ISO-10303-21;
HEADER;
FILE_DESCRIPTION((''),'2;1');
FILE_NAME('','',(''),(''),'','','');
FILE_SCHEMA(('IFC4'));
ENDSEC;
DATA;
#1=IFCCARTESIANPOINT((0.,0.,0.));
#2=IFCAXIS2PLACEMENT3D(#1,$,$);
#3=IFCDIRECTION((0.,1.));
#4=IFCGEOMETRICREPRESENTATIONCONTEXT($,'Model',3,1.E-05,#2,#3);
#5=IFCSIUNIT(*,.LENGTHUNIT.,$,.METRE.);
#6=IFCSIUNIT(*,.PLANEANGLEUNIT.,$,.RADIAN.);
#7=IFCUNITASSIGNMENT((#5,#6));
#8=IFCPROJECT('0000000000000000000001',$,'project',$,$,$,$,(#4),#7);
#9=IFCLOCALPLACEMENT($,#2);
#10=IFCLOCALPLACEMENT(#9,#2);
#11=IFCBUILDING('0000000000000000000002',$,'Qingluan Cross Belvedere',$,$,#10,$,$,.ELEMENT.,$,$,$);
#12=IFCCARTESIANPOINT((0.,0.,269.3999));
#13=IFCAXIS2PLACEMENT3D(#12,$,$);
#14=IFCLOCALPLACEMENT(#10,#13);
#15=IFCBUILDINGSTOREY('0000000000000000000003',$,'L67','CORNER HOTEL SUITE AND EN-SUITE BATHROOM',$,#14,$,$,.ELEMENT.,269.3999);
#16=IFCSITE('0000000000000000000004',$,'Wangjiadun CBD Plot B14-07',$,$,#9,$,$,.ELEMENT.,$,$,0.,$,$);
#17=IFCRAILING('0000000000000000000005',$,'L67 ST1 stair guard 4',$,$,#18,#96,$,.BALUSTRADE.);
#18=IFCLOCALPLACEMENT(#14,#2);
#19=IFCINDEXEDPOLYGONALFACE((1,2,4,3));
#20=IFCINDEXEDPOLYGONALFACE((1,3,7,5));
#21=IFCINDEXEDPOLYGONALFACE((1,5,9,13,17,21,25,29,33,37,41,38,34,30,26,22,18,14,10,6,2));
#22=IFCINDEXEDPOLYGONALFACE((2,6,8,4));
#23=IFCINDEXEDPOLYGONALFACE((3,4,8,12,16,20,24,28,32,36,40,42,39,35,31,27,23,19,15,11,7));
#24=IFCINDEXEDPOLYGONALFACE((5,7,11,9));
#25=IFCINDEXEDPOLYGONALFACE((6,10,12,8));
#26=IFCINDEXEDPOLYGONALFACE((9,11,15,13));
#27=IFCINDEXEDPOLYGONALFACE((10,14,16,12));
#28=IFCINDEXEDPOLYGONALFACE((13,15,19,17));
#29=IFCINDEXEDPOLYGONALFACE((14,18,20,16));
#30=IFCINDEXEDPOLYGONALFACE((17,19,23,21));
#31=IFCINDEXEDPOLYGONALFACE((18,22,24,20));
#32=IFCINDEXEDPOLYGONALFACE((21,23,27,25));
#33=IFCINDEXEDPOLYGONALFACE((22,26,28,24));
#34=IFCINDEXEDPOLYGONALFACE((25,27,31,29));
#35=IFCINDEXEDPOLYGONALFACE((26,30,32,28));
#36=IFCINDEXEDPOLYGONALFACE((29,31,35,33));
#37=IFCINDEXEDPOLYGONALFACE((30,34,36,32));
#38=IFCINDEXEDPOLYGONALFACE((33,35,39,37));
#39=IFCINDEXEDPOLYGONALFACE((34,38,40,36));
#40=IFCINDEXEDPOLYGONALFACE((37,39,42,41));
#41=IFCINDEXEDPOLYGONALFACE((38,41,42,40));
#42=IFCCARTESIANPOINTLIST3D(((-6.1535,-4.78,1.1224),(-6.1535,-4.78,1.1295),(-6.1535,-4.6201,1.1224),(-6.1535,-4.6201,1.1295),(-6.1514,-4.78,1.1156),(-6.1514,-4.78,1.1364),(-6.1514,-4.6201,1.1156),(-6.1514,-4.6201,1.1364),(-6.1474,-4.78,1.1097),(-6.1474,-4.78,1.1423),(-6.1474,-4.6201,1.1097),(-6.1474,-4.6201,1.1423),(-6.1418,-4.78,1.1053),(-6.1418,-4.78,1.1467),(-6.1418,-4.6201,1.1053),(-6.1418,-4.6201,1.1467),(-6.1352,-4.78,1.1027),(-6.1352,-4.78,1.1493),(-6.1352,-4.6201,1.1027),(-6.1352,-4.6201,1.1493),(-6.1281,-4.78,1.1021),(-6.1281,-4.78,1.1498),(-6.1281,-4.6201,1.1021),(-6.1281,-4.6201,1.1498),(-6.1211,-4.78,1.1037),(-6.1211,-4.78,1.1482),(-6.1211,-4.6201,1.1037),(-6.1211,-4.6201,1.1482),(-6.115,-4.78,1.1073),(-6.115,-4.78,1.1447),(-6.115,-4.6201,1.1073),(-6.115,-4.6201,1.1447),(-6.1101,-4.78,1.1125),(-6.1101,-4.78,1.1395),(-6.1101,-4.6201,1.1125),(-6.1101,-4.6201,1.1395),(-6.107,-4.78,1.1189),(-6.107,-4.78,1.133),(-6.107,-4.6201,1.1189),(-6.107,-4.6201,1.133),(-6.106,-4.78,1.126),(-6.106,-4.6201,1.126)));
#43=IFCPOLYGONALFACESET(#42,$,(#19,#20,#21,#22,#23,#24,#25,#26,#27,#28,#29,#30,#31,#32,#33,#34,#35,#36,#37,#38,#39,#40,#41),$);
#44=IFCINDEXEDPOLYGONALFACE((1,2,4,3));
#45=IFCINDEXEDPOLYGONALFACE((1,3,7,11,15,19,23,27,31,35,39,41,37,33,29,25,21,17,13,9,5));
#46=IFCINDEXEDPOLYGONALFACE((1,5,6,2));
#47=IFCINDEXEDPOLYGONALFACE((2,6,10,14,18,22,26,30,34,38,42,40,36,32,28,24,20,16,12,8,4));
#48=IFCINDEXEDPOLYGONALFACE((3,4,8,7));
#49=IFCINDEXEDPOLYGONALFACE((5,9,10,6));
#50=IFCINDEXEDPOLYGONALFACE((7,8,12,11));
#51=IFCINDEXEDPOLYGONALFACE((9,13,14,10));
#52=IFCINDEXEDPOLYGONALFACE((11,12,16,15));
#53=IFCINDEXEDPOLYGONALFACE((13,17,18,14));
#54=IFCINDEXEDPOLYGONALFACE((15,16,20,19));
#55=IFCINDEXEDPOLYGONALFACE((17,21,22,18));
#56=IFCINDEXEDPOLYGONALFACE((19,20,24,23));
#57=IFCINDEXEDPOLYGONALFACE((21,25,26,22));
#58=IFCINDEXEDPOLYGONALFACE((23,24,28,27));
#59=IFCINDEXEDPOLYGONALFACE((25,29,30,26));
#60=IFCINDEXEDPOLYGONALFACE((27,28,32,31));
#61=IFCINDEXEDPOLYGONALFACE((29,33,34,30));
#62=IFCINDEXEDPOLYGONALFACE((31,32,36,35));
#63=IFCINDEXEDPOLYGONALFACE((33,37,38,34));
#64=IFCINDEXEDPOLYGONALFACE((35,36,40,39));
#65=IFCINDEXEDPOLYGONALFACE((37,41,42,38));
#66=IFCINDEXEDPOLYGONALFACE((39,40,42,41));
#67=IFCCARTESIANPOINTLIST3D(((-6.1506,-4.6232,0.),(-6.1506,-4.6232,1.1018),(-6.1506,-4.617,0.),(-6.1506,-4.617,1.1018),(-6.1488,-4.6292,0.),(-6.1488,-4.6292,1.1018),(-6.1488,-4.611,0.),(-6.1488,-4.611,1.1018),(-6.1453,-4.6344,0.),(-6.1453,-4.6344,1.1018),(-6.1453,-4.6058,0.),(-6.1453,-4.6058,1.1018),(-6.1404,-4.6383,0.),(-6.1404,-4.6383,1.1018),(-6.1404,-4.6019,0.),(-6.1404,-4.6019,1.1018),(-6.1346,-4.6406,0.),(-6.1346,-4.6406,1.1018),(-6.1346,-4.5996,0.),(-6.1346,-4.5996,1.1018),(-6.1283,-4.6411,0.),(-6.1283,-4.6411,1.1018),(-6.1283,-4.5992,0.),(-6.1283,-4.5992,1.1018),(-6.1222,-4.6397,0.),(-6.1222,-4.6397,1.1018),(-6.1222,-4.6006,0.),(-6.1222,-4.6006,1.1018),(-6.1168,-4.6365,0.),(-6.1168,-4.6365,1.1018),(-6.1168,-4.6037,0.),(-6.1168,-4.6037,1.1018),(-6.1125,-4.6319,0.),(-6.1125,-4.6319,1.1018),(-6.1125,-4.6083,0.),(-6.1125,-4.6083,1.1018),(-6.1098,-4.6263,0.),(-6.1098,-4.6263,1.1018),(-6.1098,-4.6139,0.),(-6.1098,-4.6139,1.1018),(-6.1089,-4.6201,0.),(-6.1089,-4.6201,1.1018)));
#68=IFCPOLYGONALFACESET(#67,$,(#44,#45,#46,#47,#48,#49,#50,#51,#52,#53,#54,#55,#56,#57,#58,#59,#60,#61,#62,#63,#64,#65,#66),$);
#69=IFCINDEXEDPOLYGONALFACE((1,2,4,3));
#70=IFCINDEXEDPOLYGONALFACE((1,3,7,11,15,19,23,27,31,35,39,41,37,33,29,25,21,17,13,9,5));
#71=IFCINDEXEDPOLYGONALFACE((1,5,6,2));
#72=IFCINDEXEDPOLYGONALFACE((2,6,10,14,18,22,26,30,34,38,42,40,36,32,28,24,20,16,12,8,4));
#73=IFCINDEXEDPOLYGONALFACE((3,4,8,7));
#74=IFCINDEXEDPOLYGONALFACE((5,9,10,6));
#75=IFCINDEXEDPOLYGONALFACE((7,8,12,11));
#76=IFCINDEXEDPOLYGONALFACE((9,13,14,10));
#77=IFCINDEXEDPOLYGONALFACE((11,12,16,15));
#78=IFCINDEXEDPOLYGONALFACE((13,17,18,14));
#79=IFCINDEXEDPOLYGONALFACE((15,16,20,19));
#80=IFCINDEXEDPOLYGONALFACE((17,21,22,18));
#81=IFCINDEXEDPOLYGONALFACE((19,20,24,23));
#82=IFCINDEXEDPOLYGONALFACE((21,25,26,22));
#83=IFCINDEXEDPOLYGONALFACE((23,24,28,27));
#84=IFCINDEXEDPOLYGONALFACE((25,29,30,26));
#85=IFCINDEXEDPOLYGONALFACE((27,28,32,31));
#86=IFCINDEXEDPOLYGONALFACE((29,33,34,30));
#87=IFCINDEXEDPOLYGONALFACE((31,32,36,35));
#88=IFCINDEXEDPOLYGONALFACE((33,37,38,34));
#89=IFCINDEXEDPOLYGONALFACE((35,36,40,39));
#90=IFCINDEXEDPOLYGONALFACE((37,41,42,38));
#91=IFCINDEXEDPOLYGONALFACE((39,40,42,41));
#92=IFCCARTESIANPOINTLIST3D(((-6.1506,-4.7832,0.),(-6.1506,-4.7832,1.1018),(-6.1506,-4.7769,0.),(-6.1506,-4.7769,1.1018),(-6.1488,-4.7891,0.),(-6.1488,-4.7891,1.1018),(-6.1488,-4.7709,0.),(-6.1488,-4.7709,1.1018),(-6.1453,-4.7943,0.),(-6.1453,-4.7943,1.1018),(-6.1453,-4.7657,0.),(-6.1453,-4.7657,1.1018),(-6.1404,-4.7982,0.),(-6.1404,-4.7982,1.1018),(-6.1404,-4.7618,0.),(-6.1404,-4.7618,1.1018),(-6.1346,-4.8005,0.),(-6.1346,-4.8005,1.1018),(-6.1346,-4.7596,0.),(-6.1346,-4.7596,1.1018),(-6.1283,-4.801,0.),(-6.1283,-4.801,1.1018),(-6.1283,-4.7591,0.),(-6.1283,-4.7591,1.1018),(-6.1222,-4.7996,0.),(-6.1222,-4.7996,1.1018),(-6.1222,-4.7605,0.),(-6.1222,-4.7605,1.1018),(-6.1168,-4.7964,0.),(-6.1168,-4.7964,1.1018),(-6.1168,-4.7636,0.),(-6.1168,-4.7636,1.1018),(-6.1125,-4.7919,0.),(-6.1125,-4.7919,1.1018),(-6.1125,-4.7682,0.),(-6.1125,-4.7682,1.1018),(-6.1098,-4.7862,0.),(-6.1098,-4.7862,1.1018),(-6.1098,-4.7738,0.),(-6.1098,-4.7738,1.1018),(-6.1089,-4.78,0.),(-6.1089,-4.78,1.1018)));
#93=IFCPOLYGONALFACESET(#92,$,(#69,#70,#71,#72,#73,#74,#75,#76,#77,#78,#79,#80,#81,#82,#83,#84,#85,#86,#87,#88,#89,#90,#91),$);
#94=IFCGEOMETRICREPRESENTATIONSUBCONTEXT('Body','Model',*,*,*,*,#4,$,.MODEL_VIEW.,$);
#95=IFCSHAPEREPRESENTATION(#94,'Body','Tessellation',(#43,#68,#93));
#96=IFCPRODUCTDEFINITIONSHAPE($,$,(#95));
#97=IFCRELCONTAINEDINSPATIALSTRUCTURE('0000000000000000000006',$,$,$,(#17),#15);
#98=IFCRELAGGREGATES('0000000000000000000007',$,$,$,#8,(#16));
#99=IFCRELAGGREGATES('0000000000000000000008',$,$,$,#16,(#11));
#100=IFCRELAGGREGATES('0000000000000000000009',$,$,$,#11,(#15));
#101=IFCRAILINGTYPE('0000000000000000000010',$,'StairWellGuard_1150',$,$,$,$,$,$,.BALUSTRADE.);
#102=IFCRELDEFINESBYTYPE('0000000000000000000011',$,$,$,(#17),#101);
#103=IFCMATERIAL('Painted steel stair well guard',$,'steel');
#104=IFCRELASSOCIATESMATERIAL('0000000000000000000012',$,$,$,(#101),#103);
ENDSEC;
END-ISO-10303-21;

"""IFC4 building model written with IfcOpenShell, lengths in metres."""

from ifc_helpers import new_model, si_unit, direction, frame, origin, origin_2d, place, context, subcontext, project, spatial, circle, extrude, material, type_object, element, save


model = new_model("IFC4")

# Units and contexts
model_context = context("Model", 3, precision=1e-05, world=origin(), true_north=direction((0.0, 1.0)))
body_context = subcontext(model_context, "Body", "Model", "MODEL_VIEW")
ifc_project = project(units=[si_unit("LENGTHUNIT", "METRE"), si_unit("PLANEANGLEUNIT", "RADIAN")], contexts=[model_context])

# Site, building, storey
site_placement = place(None, origin())
site = spatial("IfcSite", under=ifc_project, at=site_placement, Name="Wangjiadun CBD Plot B14-07", CompositionType="ELEMENT", RefElevation=0.0)
building_placement = place(site_placement, origin())
building = spatial("IfcBuilding", under=site, at=building_placement, Name="Qingluan Cross Belvedere", CompositionType="ELEMENT")
storey_placement = place(building_placement, frame((0.0, 0.0, 269.3999)))
storey = spatial("IfcBuildingStorey", under=building, at=storey_placement, Name="L67", Description="CORNER HOTEL SUITE AND EN-SUITE BATHROOM", CompositionType="ELEMENT", Elevation=269.3999)

# Railing
ifc_material_1 = material(Name="Painted steel stair well guard", Category="steel")
railing_type_1 = type_object("IfcRailingType", Name="StairWellGuard_1150", PredefinedType="BALUSTRADE", material=ifc_material_1)
railing_1_placement = place(storey_placement, frame((-6.1299, -4.6201, 0.0)))
element("IfcRailing", 1, at=railing_1_placement, inside=storey, type_object=railing_type_1, Name="L67 ST1 stair guard 4", PredefinedType="BALUSTRADE", context=body_context, shape_type="SweptSolid", body=[
    extrude(circle(Radius=0.0239, at=origin_2d()), frame((0.0, 0.0, 1.126), z_axis=(0.0, -1.0, 0.0), x_axis=(1.0, 0.0, 0.0)), (0.0, 0.0, 1.0), 0.1599),
    extrude(circle(Radius=0.021, at=origin_2d()), origin(), (0.0, 0.0, 1.0), 1.1018),
    extrude(circle(Radius=0.021, at=origin_2d()), frame((0.0, -0.1599, 0.0)), (0.0, 0.0, 1.0), 1.1018),
])

save(model, "model.ifc")
